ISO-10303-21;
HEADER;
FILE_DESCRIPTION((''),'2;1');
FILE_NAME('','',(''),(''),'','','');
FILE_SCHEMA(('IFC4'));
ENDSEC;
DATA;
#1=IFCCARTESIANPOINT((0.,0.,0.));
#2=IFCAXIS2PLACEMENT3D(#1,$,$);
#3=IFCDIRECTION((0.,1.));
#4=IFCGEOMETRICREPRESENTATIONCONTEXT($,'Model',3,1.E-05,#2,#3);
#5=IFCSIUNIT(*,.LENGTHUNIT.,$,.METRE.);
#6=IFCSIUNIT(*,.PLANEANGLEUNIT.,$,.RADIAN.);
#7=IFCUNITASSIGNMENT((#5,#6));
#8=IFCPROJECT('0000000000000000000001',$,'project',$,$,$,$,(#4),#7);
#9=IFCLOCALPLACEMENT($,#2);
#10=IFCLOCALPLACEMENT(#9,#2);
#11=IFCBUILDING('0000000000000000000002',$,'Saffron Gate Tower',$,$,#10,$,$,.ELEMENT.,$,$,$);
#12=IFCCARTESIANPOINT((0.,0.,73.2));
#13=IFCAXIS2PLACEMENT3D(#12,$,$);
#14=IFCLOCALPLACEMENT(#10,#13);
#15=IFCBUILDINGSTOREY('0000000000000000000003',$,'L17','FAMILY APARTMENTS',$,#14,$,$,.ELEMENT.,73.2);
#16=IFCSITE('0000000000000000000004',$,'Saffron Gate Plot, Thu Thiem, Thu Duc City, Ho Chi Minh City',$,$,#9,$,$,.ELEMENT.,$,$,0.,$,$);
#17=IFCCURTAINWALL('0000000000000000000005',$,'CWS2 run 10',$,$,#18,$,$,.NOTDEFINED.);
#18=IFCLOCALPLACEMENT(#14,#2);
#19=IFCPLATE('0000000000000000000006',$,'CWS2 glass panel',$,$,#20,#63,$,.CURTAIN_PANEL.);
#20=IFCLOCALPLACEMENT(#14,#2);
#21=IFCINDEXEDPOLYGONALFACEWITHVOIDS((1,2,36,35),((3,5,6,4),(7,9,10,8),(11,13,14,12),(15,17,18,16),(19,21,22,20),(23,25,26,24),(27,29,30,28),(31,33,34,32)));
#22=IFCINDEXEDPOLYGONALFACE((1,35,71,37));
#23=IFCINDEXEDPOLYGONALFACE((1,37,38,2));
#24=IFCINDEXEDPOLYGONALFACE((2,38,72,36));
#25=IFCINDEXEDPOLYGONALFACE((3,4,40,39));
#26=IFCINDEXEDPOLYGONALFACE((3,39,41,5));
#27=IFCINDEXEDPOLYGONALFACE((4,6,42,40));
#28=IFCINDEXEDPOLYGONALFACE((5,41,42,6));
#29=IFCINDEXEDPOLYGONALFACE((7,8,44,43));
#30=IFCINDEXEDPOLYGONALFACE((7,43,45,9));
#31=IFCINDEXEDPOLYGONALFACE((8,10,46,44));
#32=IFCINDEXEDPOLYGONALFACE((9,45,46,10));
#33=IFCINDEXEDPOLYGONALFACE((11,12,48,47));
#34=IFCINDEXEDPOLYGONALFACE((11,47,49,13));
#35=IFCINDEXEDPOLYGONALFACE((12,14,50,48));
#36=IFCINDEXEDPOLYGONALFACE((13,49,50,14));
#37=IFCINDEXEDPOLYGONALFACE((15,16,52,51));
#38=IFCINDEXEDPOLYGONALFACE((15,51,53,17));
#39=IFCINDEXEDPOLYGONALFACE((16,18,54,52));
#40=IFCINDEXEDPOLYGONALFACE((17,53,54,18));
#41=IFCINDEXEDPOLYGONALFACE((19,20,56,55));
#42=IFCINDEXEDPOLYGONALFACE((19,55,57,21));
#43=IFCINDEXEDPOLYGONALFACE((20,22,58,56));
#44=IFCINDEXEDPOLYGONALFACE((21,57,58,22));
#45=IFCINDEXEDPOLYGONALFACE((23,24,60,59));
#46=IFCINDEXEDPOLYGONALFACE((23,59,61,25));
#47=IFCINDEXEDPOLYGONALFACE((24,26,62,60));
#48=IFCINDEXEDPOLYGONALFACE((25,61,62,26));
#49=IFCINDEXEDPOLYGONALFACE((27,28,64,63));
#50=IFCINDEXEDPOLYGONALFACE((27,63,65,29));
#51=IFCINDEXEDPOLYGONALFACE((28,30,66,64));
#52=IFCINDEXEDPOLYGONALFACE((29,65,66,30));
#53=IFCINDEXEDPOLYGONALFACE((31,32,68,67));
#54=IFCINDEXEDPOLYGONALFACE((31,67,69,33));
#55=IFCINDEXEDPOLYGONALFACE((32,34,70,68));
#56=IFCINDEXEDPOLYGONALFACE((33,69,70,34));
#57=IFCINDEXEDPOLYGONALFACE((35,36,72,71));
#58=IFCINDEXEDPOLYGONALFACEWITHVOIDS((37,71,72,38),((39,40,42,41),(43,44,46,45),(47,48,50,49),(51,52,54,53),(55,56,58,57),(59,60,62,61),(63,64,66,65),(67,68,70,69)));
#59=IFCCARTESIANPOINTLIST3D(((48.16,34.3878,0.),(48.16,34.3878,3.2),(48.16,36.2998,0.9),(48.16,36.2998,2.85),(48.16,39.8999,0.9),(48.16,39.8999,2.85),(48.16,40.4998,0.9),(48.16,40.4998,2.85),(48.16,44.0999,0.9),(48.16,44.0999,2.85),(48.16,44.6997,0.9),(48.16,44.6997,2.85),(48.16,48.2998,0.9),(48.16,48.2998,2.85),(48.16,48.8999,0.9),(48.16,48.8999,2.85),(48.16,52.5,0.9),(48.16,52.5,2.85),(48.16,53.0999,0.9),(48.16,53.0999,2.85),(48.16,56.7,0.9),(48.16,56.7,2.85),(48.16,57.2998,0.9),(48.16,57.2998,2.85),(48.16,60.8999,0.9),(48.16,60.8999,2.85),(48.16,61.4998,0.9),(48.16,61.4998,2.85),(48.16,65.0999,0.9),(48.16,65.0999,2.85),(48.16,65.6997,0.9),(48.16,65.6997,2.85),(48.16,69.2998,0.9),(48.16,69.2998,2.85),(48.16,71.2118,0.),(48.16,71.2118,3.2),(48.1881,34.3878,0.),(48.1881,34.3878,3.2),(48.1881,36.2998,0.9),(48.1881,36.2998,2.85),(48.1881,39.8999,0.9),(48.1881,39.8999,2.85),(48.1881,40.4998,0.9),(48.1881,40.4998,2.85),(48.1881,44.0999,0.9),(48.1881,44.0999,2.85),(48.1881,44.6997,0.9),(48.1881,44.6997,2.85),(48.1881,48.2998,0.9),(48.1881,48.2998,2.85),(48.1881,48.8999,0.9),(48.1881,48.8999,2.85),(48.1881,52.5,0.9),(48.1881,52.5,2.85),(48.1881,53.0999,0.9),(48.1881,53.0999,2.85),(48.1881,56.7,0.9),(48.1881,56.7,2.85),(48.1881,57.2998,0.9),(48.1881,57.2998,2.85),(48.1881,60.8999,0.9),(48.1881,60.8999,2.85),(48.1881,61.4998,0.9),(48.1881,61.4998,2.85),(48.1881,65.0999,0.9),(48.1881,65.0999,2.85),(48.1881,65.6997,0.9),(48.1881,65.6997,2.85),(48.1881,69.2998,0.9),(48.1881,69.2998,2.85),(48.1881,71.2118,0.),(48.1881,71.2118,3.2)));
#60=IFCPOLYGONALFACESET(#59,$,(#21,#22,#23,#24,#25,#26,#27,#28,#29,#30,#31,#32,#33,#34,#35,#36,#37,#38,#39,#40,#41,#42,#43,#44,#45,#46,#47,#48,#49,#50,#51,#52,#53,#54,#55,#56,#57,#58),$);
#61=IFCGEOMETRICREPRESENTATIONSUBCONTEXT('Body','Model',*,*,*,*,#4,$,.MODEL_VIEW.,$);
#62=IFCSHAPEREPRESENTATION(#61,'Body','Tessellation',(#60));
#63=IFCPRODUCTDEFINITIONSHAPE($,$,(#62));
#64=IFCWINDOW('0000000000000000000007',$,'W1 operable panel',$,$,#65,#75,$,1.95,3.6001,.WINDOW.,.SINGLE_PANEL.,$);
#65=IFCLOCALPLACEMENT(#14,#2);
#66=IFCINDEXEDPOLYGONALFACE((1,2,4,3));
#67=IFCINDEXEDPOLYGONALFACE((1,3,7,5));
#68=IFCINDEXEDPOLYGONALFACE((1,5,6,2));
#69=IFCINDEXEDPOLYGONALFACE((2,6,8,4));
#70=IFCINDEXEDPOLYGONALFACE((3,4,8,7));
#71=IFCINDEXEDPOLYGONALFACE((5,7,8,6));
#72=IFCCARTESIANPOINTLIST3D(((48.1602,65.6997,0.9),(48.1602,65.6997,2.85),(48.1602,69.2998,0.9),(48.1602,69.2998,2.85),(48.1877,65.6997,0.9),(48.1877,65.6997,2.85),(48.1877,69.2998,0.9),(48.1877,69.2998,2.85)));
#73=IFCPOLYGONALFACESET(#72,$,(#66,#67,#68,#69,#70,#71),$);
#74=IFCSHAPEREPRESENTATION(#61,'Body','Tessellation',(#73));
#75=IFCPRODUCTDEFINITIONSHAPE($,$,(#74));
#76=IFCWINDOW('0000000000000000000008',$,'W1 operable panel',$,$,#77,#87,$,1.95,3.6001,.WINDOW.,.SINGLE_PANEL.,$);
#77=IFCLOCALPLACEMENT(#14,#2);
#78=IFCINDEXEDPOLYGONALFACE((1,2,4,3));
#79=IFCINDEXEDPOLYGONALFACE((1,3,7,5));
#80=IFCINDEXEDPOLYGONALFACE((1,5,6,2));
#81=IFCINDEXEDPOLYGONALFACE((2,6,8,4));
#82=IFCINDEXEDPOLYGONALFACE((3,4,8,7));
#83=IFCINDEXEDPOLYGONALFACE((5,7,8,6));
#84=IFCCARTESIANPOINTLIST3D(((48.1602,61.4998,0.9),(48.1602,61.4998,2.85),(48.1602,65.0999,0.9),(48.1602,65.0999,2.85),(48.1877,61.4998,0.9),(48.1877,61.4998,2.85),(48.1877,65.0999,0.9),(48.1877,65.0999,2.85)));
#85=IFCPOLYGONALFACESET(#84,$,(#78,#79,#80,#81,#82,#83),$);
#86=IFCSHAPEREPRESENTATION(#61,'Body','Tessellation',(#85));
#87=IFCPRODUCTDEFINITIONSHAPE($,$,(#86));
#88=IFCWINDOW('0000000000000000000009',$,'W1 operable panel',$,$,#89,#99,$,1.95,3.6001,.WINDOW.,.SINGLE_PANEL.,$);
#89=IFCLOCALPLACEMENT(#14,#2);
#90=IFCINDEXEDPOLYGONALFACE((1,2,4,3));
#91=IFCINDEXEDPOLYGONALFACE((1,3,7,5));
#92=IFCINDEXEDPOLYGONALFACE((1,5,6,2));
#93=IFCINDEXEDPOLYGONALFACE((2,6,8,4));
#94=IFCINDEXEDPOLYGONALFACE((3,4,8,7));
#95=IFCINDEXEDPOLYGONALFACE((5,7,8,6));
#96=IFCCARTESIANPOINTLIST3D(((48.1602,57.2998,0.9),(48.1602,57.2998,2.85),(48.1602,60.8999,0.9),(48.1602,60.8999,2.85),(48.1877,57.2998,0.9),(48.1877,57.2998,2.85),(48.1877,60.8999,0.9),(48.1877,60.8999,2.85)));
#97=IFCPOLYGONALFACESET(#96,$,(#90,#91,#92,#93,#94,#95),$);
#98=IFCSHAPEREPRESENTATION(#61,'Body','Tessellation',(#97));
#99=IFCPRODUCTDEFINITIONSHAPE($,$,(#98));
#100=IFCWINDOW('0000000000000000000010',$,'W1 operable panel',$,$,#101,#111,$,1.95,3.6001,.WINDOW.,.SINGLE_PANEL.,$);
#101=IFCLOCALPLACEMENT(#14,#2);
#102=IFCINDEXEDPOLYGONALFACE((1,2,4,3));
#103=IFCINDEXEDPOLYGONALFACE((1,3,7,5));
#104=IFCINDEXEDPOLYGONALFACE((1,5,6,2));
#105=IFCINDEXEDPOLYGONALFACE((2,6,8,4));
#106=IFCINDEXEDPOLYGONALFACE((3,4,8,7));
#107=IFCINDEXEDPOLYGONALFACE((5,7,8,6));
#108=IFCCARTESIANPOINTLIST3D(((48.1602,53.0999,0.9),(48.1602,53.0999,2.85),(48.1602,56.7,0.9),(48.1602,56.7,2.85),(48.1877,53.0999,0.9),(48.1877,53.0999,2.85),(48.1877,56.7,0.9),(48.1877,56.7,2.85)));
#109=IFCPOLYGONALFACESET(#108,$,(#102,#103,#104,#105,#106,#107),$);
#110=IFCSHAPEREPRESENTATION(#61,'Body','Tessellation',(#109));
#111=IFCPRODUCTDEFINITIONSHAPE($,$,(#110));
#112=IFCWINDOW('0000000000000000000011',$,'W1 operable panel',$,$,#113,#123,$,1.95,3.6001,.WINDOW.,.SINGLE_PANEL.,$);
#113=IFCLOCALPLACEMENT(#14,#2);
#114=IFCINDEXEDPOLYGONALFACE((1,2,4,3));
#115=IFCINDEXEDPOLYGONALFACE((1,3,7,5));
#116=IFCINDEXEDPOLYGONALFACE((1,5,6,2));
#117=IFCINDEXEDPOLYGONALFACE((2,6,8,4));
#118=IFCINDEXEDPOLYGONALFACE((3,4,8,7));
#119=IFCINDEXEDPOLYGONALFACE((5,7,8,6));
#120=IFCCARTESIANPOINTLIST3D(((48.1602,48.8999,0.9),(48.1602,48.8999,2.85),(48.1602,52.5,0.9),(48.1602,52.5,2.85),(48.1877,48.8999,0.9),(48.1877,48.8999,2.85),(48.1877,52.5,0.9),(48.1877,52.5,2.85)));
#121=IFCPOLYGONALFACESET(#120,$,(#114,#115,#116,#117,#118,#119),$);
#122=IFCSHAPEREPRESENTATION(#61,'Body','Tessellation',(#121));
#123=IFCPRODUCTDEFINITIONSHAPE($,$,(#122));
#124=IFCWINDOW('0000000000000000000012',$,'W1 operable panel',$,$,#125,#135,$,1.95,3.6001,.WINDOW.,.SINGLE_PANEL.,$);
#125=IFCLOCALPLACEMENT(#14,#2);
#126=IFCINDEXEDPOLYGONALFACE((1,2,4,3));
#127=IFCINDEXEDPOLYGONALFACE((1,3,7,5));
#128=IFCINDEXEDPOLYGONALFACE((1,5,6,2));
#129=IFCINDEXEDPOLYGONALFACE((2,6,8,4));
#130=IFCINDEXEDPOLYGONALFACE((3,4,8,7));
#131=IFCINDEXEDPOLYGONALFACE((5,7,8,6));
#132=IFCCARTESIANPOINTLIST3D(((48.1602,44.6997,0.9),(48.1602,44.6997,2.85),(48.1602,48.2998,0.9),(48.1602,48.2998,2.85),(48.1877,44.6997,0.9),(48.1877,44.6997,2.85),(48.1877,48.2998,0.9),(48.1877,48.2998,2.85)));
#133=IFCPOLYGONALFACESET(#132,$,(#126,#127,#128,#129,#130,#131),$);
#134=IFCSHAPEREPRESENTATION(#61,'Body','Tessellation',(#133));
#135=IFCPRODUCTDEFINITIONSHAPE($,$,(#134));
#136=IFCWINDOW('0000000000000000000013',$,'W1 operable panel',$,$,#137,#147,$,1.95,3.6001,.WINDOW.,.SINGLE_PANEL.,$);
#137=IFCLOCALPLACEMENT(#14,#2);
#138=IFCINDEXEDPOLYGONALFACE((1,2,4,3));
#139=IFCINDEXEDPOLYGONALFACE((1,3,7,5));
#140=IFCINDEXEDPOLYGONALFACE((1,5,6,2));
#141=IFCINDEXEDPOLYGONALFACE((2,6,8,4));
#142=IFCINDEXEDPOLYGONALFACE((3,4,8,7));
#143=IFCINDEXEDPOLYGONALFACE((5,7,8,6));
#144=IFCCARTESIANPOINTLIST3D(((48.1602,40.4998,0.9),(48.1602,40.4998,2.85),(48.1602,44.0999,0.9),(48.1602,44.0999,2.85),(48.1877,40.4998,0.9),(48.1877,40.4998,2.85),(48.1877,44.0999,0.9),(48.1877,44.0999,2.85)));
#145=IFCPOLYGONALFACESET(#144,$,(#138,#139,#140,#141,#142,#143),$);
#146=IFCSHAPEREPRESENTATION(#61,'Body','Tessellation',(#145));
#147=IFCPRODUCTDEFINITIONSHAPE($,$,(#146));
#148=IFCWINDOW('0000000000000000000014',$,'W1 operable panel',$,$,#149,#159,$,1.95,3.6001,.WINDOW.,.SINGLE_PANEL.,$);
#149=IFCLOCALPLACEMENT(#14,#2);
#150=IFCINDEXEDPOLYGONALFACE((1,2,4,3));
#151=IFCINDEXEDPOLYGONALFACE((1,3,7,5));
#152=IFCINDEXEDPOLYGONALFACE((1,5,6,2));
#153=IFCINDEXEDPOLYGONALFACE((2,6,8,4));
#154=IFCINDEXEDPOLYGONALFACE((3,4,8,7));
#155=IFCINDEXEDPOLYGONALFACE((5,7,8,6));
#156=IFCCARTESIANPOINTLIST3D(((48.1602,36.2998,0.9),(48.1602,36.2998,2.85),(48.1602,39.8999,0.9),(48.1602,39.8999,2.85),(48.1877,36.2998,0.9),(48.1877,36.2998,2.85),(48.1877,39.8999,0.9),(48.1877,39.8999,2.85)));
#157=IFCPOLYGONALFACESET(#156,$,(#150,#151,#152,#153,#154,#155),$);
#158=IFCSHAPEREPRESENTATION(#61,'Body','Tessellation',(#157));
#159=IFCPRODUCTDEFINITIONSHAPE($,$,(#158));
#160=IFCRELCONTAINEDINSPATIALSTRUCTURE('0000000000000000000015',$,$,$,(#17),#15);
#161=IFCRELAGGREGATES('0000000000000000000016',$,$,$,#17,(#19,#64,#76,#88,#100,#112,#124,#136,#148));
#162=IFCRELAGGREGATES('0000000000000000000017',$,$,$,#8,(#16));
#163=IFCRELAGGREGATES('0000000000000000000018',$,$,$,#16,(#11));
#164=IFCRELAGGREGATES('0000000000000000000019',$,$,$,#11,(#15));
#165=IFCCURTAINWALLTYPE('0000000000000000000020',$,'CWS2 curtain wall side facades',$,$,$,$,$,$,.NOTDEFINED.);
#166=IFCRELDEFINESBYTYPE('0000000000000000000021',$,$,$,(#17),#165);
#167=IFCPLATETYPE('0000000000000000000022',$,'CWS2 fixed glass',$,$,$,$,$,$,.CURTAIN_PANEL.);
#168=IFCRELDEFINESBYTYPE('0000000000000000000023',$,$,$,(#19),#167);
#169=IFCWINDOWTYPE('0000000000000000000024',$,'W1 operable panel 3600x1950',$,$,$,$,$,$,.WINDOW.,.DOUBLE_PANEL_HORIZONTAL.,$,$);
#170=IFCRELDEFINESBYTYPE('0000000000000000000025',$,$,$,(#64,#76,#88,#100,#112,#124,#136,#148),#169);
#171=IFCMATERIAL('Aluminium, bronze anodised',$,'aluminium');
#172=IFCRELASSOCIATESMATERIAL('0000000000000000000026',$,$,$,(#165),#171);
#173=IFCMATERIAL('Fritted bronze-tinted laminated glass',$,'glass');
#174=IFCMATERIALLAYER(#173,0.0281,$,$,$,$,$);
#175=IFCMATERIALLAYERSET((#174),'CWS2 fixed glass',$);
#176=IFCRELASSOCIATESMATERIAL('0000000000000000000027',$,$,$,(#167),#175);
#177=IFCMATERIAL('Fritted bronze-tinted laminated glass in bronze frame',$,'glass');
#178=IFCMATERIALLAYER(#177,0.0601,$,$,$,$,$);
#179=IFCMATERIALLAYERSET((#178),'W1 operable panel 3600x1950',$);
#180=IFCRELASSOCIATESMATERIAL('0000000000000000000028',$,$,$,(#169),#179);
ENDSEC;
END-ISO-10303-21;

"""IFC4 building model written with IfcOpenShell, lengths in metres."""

from ifc_helpers import new_model, si_unit, direction, frame, frame_2d, origin, place, context, subcontext, project, spatial, rectangle, extrude, material, layer, layer_set, type_object, element, fill, aggregate, save


model = new_model("IFC4")

# Units and contexts
model_context = context("Model", 3, precision=1e-05, world=origin(), true_north=direction((0.0, 1.0)))
body_context = subcontext(model_context, "Body", "Model", "MODEL_VIEW")
ifc_project = project(units=[si_unit("LENGTHUNIT", "METRE"), si_unit("PLANEANGLEUNIT", "RADIAN")], contexts=[model_context])

# Site, building, storey
site_placement = place(None, origin())
site = spatial("IfcSite", under=ifc_project, at=site_placement, Name="Saffron Gate Plot, Thu Thiem, Thu Duc City, Ho Chi Minh City", CompositionType="ELEMENT", RefElevation=0.0)
building_placement = place(site_placement, origin())
building = spatial("IfcBuilding", under=site, at=building_placement, Name="Saffron Gate Tower", CompositionType="ELEMENT")
storey_placement = place(building_placement, frame((0.0, 0.0, 73.2)))
storey = spatial("IfcBuildingStorey", under=building, at=storey_placement, Name="L17", Description="FAMILY APARTMENTS", CompositionType="ELEMENT", Elevation=73.2)

# Curtain wall, plate, openings, windows
ifc_material_1 = material(Name="Aluminium, bronze anodised", Category="aluminium")
curtain_wall_type = type_object("IfcCurtainWallType", Name="CWS2 curtain wall side facades", PredefinedType="NOTDEFINED", material=ifc_material_1)
curtain_wall_placement = place(storey_placement, origin())
curtain_wall = element("IfcCurtainWall", 1, at=curtain_wall_placement, inside=storey, type_object=curtain_wall_type, Name="CWS2 run 10", PredefinedType="NOTDEFINED")
ifc_material_2 = material(Name="Fritted bronze-tinted laminated glass", Category="glass")
ifc_layer_1 = layer(ifc_material_2, 0.0281)
ifc_layer_set_1 = layer_set([ifc_layer_1], Name="CWS2 fixed glass")
plate_type = type_object("IfcPlateType", Name="CWS2 fixed glass", PredefinedType="CURTAIN_PANEL", material=ifc_layer_set_1)
plate_placement = place(storey_placement, frame((48.1741, 71.2119, 0.0), z_axis=(0.0, 0.0, 1.0), x_axis=(0.0, -1.0, 0.0)))
plate = element("IfcPlate", 2, at=plate_placement, type_object=plate_type, Name="CWS2 glass panel", PredefinedType="CURTAIN_PANEL", context=body_context, shape_type="SweptSolid", body=[
    extrude(rectangle(XDim=36.824, YDim=0.0281, at=frame_2d((18.4121, 0.0))), origin(), (0.0, 0.0, 1.0), 3.2),
])
opening_1_placement = place(plate_placement, frame((1.9121, 0.0, 0.8999)))
opening_1 = element("IfcOpeningElement", 3, at=opening_1_placement, cuts=plate, PredefinedType="OPENING", context=body_context, shape_type="SweptSolid", body=[
    extrude(rectangle(XDim=3.6001, YDim=1.95, at=frame_2d((1.8, 0.9751))), frame((0.0, 0.0239, 0.0), z_axis=(0.0, -1.0, 0.0), x_axis=(1.0, 0.0, 0.0)), (0.0, 0.0, 1.0), 0.0481),
])
opening_2_placement = place(plate_placement, frame((6.1121, 0.0, 0.8999)))
opening_2 = element("IfcOpeningElement", 4, at=opening_2_placement, cuts=plate, PredefinedType="OPENING", context=body_context, shape_type="SweptSolid", body=[
    extrude(rectangle(XDim=3.6001, YDim=1.95, at=frame_2d((1.8, 0.9751))), frame((0.0, 0.0239, 0.0), z_axis=(0.0, -1.0, 0.0), x_axis=(1.0, 0.0, 0.0)), (0.0, 0.0, 1.0), 0.0481),
])
opening_3_placement = place(plate_placement, frame((10.312, 0.0, 0.8999)))
opening_3 = element("IfcOpeningElement", 5, at=opening_3_placement, cuts=plate, PredefinedType="OPENING", context=body_context, shape_type="SweptSolid", body=[
    extrude(rectangle(XDim=3.6001, YDim=1.95, at=frame_2d((1.8, 0.9751))), frame((0.0, 0.0239, 0.0), z_axis=(0.0, -1.0, 0.0), x_axis=(1.0, 0.0, 0.0)), (0.0, 0.0, 1.0), 0.0481),
])
opening_4_placement = place(plate_placement, frame((14.512, 0.0, 0.8999)))
opening_4 = element("IfcOpeningElement", 6, at=opening_4_placement, cuts=plate, PredefinedType="OPENING", context=body_context, shape_type="SweptSolid", body=[
    extrude(rectangle(XDim=3.6001, YDim=1.95, at=frame_2d((1.8, 0.9751))), frame((0.0, 0.0239, 0.0), z_axis=(0.0, -1.0, 0.0), x_axis=(1.0, 0.0, 0.0)), (0.0, 0.0, 1.0), 0.0481),
])
opening_5_placement = place(plate_placement, frame((18.7119, 0.0, 0.8999)))
opening_5 = element("IfcOpeningElement", 7, at=opening_5_placement, cuts=plate, PredefinedType="OPENING", context=body_context, shape_type="SweptSolid", body=[
    extrude(rectangle(XDim=3.6001, YDim=1.95, at=frame_2d((1.8, 0.9751))), frame((0.0, 0.0239, 0.0), z_axis=(0.0, -1.0, 0.0), x_axis=(1.0, 0.0, 0.0)), (0.0, 0.0, 1.0), 0.0481),
])
opening_6_placement = place(plate_placement, frame((22.9121, 0.0, 0.8999)))
opening_6 = element("IfcOpeningElement", 8, at=opening_6_placement, cuts=plate, PredefinedType="OPENING", context=body_context, shape_type="SweptSolid", body=[
    extrude(rectangle(XDim=3.6001, YDim=1.95, at=frame_2d((1.8, 0.9751))), frame((0.0, 0.0239, 0.0), z_axis=(0.0, -1.0, 0.0), x_axis=(1.0, 0.0, 0.0)), (0.0, 0.0, 1.0), 0.0481),
])
opening_7_placement = place(plate_placement, frame((27.1121, 0.0, 0.8999)))
opening_7 = element("IfcOpeningElement", 9, at=opening_7_placement, cuts=plate, PredefinedType="OPENING", context=body_context, shape_type="SweptSolid", body=[
    extrude(rectangle(XDim=3.6001, YDim=1.95, at=frame_2d((1.8, 0.9751))), frame((0.0, 0.0239, 0.0), z_axis=(0.0, -1.0, 0.0), x_axis=(1.0, 0.0, 0.0)), (0.0, 0.0, 1.0), 0.0481),
])
opening_8_placement = place(plate_placement, frame((31.312, 0.0, 0.8999)))
opening_8 = element("IfcOpeningElement", 10, at=opening_8_placement, cuts=plate, PredefinedType="OPENING", context=body_context, shape_type="SweptSolid", body=[
    extrude(rectangle(XDim=3.6001, YDim=1.95, at=frame_2d((1.8, 0.9751))), frame((0.0, 0.0239, 0.0), z_axis=(0.0, -1.0, 0.0), x_axis=(1.0, 0.0, 0.0)), (0.0, 0.0, 1.0), 0.0481),
])
ifc_material_3 = material(Name="Fritted bronze-tinted laminated glass in bronze frame", Category="glass")
ifc_layer_2 = layer(ifc_material_3, 0.0601)
ifc_layer_set_2 = layer_set([ifc_layer_2], Name="W1 operable panel 3600x1950")
window_type = type_object("IfcWindowType", Name="W1 operable panel 3600x1950", PartitioningType="DOUBLE_PANEL_HORIZONTAL", PredefinedType="WINDOW", material=ifc_layer_set_2)
window_1_placement = place(opening_1_placement, origin())
window_1 = element("IfcWindow", 11, at=window_1_placement, type_object=window_type, Name="W1 operable panel", OverallHeight=1.95, OverallWidth=3.6001, PartitioningType="SINGLE_PANEL", PredefinedType="WINDOW", context=body_context, shape_type="SweptSolid", body=[
    extrude(rectangle(XDim=3.6001, YDim=1.95, at=frame_2d((1.8, 0.9751))), frame((0.0, 0.0137, 0.0), z_axis=(0.0, -1.0, 0.0), x_axis=(1.0, 0.0, 0.0)), (0.0, 0.0, 1.0), 0.0276),
])
fill(opening_1, window_1)
window_2_placement = place(opening_2_placement, origin())
window_2 = element("IfcWindow", 12, at=window_2_placement, type_object=window_type, Name="W1 operable panel", OverallHeight=1.95, OverallWidth=3.6001, PartitioningType="SINGLE_PANEL", PredefinedType="WINDOW", context=body_context, shape_type="SweptSolid", body=[
    extrude(rectangle(XDim=3.6001, YDim=1.95, at=frame_2d((1.8, 0.9751))), frame((0.0, 0.0137, 0.0), z_axis=(0.0, -1.0, 0.0), x_axis=(1.0, 0.0, 0.0)), (0.0, 0.0, 1.0), 0.0276),
])
fill(opening_2, window_2)
window_3_placement = place(opening_3_placement, origin())
window_3 = element("IfcWindow", 13, at=window_3_placement, type_object=window_type, Name="W1 operable panel", OverallHeight=1.95, OverallWidth=3.6001, PartitioningType="SINGLE_PANEL", PredefinedType="WINDOW", context=body_context, shape_type="SweptSolid", body=[
    extrude(rectangle(XDim=3.6001, YDim=1.95, at=frame_2d((1.8, 0.9751))), frame((0.0, 0.0137, 0.0), z_axis=(0.0, -1.0, 0.0), x_axis=(1.0, 0.0, 0.0)), (0.0, 0.0, 1.0), 0.0276),
])
fill(opening_3, window_3)
window_4_placement = place(opening_4_placement, origin())
window_4 = element("IfcWindow", 14, at=window_4_placement, type_object=window_type, Name="W1 operable panel", OverallHeight=1.95, OverallWidth=3.6001, PartitioningType="SINGLE_PANEL", PredefinedType="WINDOW", context=body_context, shape_type="SweptSolid", body=[
    extrude(rectangle(XDim=3.6001, YDim=1.95, at=frame_2d((1.8, 0.9751))), frame((0.0, 0.0137, 0.0), z_axis=(0.0, -1.0, 0.0), x_axis=(1.0, 0.0, 0.0)), (0.0, 0.0, 1.0), 0.0276),
])
fill(opening_4, window_4)
window_5_placement = place(opening_5_placement, origin())
window_5 = element("IfcWindow", 15, at=window_5_placement, type_object=window_type, Name="W1 operable panel", OverallHeight=1.95, OverallWidth=3.6001, PartitioningType="SINGLE_PANEL", PredefinedType="WINDOW", context=body_context, shape_type="SweptSolid", body=[
    extrude(rectangle(XDim=3.6001, YDim=1.95, at=frame_2d((1.8, 0.9751))), frame((0.0, 0.0137, 0.0), z_axis=(0.0, -1.0, 0.0), x_axis=(1.0, 0.0, 0.0)), (0.0, 0.0, 1.0), 0.0276),
])
fill(opening_5, window_5)
window_6_placement = place(opening_6_placement, origin())
window_6 = element("IfcWindow", 16, at=window_6_placement, type_object=window_type, Name="W1 operable panel", OverallHeight=1.95, OverallWidth=3.6001, PartitioningType="SINGLE_PANEL", PredefinedType="WINDOW", context=body_context, shape_type="SweptSolid", body=[
    extrude(rectangle(XDim=3.6001, YDim=1.95, at=frame_2d((1.8, 0.9751))), frame((0.0, 0.0137, 0.0), z_axis=(0.0, -1.0, 0.0), x_axis=(1.0, 0.0, 0.0)), (0.0, 0.0, 1.0), 0.0276),
])
fill(opening_6, window_6)
window_7_placement = place(opening_7_placement, origin())
window_7 = element("IfcWindow", 17, at=window_7_placement, type_object=window_type, Name="W1 operable panel", OverallHeight=1.95, OverallWidth=3.6001, PartitioningType="SINGLE_PANEL", PredefinedType="WINDOW", context=body_context, shape_type="SweptSolid", body=[
    extrude(rectangle(XDim=3.6001, YDim=1.95, at=frame_2d((1.8, 0.9751))), frame((0.0, 0.0137, 0.0), z_axis=(0.0, -1.0, 0.0), x_axis=(1.0, 0.0, 0.0)), (0.0, 0.0, 1.0), 0.0276),
])
fill(opening_7, window_7)
window_8_placement = place(opening_8_placement, origin())
window_8 = element("IfcWindow", 18, at=window_8_placement, type_object=window_type, Name="W1 operable panel", OverallHeight=1.95, OverallWidth=3.6001, PartitioningType="SINGLE_PANEL", PredefinedType="WINDOW", context=body_context, shape_type="SweptSolid", body=[
    extrude(rectangle(XDim=3.6001, YDim=1.95, at=frame_2d((1.8, 0.9751))), frame((0.0, 0.0137, 0.0), z_axis=(0.0, -1.0, 0.0), x_axis=(1.0, 0.0, 0.0)), (0.0, 0.0, 1.0), 0.0276),
])
fill(opening_8, window_8)
aggregate(curtain_wall, [plate, window_1, window_2, window_3, window_4, window_5, window_6, window_7, window_8])

save(model, "model.ifc")
